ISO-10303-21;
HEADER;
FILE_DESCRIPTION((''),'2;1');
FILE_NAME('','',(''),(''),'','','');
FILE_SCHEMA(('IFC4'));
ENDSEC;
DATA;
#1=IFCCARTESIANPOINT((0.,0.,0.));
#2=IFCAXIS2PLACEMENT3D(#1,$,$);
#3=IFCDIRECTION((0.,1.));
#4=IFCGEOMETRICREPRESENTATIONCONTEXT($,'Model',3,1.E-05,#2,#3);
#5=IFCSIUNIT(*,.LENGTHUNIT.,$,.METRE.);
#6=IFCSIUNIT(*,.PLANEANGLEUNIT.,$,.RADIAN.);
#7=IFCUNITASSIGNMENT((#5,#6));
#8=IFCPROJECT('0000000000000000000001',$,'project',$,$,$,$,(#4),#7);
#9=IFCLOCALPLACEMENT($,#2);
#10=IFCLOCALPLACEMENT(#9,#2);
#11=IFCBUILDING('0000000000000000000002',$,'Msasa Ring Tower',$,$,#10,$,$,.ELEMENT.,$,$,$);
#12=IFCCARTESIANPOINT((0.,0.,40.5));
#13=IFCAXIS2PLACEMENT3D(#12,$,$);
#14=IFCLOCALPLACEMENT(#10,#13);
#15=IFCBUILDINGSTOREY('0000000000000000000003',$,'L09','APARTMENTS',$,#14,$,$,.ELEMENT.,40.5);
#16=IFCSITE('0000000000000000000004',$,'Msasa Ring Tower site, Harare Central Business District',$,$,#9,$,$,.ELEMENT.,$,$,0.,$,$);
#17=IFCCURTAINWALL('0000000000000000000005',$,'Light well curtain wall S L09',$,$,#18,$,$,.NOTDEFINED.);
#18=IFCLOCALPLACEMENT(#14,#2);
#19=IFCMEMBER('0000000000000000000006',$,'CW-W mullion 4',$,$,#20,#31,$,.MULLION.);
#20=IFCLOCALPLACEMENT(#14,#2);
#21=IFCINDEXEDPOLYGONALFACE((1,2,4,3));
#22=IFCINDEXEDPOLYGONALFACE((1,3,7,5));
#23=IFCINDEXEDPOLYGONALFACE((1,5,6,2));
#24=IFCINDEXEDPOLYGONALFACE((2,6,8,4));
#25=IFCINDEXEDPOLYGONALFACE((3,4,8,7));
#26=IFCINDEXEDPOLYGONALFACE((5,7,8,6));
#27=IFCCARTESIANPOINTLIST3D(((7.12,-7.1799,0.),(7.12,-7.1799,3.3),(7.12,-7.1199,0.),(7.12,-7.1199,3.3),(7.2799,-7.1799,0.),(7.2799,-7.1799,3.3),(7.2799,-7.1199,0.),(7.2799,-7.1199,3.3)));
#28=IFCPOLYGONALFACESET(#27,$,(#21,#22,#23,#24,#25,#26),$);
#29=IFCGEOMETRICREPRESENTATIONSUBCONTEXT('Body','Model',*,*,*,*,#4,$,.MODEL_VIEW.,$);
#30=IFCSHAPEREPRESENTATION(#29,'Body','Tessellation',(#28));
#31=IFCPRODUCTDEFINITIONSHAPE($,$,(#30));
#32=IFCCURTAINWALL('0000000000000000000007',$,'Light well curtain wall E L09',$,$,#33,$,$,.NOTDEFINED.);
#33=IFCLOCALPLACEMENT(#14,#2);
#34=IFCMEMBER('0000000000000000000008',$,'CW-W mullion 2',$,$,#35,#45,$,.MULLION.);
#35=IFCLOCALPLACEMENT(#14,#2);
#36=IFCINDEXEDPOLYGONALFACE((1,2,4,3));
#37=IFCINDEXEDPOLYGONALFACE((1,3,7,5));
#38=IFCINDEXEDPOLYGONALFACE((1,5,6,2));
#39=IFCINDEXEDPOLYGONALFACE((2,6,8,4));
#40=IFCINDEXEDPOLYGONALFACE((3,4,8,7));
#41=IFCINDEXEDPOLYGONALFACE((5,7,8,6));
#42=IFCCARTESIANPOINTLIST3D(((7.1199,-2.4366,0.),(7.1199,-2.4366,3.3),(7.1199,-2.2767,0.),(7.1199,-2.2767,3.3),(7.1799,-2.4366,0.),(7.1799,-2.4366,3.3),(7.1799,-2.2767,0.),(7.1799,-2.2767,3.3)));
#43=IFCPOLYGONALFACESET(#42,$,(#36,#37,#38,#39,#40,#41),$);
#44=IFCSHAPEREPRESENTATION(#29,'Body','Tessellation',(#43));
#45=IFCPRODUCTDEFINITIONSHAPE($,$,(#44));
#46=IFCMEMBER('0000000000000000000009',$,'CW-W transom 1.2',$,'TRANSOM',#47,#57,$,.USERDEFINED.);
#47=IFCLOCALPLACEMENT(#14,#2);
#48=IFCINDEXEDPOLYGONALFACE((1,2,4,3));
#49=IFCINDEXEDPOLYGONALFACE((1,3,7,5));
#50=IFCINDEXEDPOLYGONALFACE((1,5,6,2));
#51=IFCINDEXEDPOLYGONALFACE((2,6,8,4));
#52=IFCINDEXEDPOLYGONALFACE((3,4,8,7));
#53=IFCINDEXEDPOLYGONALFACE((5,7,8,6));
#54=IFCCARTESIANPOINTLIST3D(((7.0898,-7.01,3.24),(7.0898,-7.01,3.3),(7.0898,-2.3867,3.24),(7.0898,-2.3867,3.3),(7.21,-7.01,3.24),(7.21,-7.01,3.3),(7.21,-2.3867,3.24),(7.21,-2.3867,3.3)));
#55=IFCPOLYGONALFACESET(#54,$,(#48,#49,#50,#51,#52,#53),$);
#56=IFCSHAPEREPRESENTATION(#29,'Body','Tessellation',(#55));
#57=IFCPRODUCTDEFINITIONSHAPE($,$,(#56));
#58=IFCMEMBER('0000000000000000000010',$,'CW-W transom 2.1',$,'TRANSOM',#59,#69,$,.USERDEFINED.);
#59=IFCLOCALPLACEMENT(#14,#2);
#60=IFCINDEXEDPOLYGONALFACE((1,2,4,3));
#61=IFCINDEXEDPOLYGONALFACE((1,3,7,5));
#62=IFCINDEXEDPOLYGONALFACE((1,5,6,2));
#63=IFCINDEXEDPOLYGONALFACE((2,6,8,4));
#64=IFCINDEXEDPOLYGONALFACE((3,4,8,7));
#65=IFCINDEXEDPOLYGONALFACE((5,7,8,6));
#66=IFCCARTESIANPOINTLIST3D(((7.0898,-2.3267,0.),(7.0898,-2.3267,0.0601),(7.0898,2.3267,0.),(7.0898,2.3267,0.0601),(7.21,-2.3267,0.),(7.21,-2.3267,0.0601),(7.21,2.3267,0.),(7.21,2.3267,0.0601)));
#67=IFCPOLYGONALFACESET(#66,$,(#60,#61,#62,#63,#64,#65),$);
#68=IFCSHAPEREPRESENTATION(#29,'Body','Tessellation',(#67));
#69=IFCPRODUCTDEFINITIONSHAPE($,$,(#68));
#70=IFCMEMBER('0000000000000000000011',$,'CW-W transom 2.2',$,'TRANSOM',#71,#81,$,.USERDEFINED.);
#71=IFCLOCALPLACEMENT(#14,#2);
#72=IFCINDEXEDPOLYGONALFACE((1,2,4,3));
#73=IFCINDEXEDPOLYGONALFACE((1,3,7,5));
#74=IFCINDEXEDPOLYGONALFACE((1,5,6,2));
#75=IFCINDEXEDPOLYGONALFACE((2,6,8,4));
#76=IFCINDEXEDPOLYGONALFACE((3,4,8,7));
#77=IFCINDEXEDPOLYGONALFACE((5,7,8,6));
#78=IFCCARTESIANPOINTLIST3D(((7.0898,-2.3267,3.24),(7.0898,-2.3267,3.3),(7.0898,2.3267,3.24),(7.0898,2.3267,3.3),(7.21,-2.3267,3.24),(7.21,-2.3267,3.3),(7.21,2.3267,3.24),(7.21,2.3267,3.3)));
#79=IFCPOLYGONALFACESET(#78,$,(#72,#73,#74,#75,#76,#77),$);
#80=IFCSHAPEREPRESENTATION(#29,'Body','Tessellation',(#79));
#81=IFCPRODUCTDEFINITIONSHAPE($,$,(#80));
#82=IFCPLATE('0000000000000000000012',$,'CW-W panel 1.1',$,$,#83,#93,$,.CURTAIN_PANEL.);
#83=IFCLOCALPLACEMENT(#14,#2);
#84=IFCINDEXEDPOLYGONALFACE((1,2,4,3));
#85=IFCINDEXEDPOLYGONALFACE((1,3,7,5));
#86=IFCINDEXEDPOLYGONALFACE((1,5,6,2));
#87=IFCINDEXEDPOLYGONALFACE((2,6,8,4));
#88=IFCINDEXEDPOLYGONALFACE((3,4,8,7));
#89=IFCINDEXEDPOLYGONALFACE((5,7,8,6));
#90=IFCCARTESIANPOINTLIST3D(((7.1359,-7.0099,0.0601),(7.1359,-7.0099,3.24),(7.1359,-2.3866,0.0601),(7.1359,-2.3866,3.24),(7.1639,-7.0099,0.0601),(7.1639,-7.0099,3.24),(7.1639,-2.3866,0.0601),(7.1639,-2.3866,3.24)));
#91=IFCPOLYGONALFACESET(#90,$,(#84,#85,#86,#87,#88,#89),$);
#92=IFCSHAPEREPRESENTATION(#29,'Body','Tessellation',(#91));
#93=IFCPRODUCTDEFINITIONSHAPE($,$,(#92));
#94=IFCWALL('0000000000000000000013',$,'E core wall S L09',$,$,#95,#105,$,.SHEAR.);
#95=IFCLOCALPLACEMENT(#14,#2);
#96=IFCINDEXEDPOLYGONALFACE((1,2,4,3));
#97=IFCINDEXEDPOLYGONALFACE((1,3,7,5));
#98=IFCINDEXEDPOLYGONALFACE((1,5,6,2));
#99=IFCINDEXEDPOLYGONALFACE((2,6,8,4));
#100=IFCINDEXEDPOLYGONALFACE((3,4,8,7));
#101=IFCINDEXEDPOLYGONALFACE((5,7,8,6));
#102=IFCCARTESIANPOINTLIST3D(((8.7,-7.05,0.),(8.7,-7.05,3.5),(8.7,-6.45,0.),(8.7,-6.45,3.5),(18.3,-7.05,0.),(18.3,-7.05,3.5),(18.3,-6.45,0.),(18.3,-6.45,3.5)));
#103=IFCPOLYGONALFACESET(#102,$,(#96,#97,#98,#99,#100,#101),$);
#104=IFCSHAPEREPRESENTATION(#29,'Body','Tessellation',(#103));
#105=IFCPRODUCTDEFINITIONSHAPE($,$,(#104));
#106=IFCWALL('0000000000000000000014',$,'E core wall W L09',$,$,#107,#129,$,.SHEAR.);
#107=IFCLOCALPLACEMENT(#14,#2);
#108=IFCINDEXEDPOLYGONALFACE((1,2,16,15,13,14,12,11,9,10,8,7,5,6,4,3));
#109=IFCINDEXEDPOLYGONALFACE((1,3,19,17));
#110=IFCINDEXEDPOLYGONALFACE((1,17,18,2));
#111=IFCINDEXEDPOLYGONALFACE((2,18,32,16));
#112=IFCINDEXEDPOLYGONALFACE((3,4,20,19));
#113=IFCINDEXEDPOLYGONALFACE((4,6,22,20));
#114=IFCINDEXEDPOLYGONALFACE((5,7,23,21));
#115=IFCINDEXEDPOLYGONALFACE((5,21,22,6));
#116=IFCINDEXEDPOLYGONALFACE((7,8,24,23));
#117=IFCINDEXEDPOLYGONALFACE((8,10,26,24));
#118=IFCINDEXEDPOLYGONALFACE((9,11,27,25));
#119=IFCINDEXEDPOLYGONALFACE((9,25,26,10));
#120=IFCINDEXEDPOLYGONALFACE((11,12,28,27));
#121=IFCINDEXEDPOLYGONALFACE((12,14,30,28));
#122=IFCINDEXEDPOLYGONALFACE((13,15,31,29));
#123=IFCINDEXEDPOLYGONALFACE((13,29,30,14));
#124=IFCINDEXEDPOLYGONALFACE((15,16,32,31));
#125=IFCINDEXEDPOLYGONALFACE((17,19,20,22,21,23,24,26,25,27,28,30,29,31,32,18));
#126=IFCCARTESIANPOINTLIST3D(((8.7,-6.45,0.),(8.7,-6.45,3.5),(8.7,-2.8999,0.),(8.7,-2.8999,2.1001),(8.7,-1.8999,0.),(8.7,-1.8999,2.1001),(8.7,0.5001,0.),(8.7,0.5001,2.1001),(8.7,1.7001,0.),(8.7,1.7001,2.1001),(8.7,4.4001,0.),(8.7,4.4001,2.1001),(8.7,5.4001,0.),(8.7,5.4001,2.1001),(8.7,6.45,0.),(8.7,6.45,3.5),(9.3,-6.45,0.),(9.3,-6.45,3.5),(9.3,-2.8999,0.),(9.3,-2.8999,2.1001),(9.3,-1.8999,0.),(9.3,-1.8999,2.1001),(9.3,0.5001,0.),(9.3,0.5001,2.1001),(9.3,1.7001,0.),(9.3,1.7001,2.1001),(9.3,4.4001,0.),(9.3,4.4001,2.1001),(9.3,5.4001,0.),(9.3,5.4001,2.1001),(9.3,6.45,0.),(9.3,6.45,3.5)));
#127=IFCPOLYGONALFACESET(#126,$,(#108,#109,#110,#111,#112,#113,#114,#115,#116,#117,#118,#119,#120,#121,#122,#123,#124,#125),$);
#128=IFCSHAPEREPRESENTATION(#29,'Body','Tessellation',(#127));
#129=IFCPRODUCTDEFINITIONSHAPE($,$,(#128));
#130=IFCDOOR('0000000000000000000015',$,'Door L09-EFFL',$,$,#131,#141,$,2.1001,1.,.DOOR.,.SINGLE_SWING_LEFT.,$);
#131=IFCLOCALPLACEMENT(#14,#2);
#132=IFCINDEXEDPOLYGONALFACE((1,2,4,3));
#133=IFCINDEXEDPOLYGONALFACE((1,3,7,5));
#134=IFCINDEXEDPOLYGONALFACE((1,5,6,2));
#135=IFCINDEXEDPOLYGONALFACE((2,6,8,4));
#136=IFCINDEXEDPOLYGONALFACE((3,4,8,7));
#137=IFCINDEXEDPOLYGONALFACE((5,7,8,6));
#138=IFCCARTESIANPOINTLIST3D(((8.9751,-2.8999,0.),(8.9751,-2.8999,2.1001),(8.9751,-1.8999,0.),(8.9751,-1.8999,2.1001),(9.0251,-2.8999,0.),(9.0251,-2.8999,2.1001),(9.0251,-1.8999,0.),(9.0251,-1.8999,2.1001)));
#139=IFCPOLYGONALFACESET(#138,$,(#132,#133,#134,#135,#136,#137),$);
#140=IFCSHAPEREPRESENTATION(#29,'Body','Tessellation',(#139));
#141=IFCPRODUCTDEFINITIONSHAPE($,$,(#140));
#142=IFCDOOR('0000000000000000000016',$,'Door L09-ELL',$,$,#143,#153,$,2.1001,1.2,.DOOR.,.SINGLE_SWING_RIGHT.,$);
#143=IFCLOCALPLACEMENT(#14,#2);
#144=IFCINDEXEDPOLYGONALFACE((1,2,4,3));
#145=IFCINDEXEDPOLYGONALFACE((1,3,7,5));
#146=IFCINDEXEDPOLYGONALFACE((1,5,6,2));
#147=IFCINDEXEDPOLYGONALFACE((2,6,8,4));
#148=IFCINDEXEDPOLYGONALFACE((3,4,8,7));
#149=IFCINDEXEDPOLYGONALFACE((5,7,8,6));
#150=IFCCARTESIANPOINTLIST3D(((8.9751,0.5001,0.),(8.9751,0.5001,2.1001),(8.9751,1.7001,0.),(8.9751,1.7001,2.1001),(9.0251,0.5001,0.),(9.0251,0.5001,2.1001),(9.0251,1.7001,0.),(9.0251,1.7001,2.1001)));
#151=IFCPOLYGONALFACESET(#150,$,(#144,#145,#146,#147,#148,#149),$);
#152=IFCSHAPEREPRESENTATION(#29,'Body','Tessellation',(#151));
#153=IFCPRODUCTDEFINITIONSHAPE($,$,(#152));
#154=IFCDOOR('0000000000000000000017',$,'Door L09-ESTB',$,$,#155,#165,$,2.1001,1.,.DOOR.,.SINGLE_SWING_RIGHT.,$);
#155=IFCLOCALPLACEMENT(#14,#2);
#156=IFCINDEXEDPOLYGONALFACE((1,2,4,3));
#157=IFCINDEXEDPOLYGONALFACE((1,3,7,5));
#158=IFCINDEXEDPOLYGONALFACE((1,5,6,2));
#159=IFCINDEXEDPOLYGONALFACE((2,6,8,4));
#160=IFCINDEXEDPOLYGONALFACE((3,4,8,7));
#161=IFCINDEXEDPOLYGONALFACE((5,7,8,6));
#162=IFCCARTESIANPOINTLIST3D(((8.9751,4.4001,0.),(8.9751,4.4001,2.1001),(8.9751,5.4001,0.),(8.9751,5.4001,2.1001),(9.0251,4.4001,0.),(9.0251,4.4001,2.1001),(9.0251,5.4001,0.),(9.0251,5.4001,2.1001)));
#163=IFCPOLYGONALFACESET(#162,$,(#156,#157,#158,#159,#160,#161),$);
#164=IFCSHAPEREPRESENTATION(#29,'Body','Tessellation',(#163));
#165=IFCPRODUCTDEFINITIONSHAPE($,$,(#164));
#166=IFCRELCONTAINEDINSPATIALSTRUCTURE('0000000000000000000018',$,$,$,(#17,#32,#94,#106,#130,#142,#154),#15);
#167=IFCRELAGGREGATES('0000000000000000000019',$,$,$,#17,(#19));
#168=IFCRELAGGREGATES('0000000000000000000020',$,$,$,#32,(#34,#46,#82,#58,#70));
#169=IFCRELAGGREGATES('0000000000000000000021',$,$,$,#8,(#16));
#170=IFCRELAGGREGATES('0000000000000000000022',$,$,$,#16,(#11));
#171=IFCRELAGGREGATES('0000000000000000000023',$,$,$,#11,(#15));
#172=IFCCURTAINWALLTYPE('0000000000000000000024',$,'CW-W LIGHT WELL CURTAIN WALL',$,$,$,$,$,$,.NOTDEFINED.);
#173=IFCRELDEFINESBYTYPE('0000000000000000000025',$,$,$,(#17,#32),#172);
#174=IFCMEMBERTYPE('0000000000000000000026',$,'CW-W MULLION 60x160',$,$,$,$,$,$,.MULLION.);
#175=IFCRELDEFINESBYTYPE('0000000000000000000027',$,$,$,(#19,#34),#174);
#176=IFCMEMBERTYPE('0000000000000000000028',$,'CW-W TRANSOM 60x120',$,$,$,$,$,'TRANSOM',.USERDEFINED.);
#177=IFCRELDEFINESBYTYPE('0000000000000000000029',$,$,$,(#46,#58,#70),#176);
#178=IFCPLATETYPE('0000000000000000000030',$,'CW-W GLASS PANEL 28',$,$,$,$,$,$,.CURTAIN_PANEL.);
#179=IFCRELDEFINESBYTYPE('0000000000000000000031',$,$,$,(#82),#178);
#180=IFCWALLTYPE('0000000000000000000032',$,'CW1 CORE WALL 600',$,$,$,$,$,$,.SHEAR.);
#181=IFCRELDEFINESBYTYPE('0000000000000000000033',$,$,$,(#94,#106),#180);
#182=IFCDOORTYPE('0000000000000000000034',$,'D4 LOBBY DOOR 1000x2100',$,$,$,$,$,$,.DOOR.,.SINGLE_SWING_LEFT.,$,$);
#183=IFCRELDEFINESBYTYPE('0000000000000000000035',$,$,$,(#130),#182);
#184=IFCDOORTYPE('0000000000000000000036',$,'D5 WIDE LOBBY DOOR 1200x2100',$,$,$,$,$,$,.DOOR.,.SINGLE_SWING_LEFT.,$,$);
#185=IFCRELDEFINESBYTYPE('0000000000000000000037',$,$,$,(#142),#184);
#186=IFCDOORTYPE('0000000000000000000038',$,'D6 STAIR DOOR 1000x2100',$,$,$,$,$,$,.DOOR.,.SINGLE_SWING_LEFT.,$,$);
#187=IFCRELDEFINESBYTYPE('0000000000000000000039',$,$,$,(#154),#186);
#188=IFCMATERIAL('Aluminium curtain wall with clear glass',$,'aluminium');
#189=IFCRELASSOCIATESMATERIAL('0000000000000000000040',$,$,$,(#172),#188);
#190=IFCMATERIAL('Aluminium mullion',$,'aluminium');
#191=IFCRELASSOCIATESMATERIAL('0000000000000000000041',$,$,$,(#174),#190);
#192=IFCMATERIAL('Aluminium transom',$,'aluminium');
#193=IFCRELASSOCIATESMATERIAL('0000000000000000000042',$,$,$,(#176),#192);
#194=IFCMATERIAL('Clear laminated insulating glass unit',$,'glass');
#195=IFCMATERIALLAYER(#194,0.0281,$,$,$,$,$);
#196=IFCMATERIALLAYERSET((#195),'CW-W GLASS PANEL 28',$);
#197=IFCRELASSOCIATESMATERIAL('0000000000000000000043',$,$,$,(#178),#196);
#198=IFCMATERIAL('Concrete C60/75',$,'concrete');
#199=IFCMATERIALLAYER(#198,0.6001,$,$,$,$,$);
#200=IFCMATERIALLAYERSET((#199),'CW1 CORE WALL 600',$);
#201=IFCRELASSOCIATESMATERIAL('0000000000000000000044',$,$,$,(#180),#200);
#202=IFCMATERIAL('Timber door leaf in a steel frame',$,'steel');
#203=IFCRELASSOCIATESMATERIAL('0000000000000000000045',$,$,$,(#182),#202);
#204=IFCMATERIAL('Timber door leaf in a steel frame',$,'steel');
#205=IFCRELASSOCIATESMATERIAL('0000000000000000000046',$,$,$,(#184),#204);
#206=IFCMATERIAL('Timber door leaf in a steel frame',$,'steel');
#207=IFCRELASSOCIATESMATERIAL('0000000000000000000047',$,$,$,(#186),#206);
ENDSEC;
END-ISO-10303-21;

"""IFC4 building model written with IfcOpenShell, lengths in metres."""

from ifc_helpers import new_model, si_unit, direction, frame, frame_2d, origin, origin_2d, place, context, subcontext, project, spatial, rectangle, extrude, material, layer, layer_set, material_profile, profile_set, type_object, element, fill, aggregate, save


model = new_model("IFC4")

# Units and contexts
model_context = context("Model", 3, precision=1e-05, world=origin(), true_north=direction((0.0, 1.0)))
body_context = subcontext(model_context, "Body", "Model", "MODEL_VIEW")
ifc_project = project(units=[si_unit("LENGTHUNIT", "METRE"), si_unit("PLANEANGLEUNIT", "RADIAN")], contexts=[model_context])

# Site, building, storey
site_placement = place(None, origin())
site = spatial("IfcSite", under=ifc_project, at=site_placement, Name="Msasa Ring Tower site, Harare Central Business District", CompositionType="ELEMENT", RefElevation=0.0)
building_placement = place(site_placement, origin())
building = spatial("IfcBuilding", under=site, at=building_placement, Name="Msasa Ring Tower", CompositionType="ELEMENT")
storey_placement = place(building_placement, frame((0.0, 0.0, 40.5)))
storey = spatial("IfcBuildingStorey", under=building, at=storey_placement, Name="L09", Description="APARTMENTS", CompositionType="ELEMENT", Elevation=40.5)

# Curtain wall, member
ifc_material_1 = material(Name="Aluminium curtain wall with clear glass", Category="aluminium")
curtain_wall_type = type_object("IfcCurtainWallType", Name="CW-W LIGHT WELL CURTAIN WALL", PredefinedType="NOTDEFINED", material=ifc_material_1)
curtain_wall_1_placement = place(storey_placement, origin())
curtain_wall_1 = element("IfcCurtainWall", 1, at=curtain_wall_1_placement, inside=storey, type_object=curtain_wall_type, Name="Light well curtain wall S L09", PredefinedType="NOTDEFINED")
ifc_material_2 = material(Name="Aluminium mullion", Category="aluminium")
ifc_material_profile_1 = material_profile(ifc_material_2, rectangle(XDim=0.0601, YDim=0.1599, at=origin_2d()), Name="AL 60x160")
ifc_profile_set_1 = profile_set([ifc_material_profile_1], Name="Aluminium mullion")
member_type_1 = type_object("IfcMemberType", Name="CW-W MULLION 60x160", PredefinedType="MULLION", material=ifc_profile_set_1)
member_1_placement = place(storey_placement, frame((7.2, -7.1499, 0.0), z_axis=(0.0, 0.0, 1.0), x_axis=(0.0, 1.0, 0.0)))
member_1 = element("IfcMember", 2, at=member_1_placement, type_object=member_type_1, Name="CW-W mullion 4", PredefinedType="MULLION", context=body_context, shape_type="SweptSolid", body=[
    extrude(rectangle(XDim=0.0601, YDim=0.1599, at=origin_2d()), origin(), (0.0, 0.0, 1.0), 3.3),
])
aggregate(curtain_wall_1, [member_1])

# Curtain wall, members, plate
curtain_wall_2_placement = place(storey_placement, origin())
curtain_wall_2 = element("IfcCurtainWall", 3, at=curtain_wall_2_placement, inside=storey, type_object=curtain_wall_type, Name="Light well curtain wall E L09", PredefinedType="NOTDEFINED")
member_2_placement = place(storey_placement, frame((7.1499, -2.3567, 0.0), z_axis=(0.0, 0.0, 1.0), x_axis=(-1.0, 0.0, 0.0)))
member_2 = element("IfcMember", 4, at=member_2_placement, type_object=member_type_1, Name="CW-W mullion 2", PredefinedType="MULLION", context=body_context, shape_type="SweptSolid", body=[
    extrude(rectangle(XDim=0.0601, YDim=0.1599, at=origin_2d()), origin(), (0.0, 0.0, 1.0), 3.3),
])
ifc_material_3 = material(Name="Aluminium transom", Category="aluminium")
ifc_material_profile_2 = material_profile(ifc_material_3, rectangle(XDim=0.1201, YDim=0.0601, at=origin_2d()), Name="AL 60x120")
ifc_profile_set_2 = profile_set([ifc_material_profile_2], Name="Aluminium transom")
member_type_2 = type_object("IfcMemberType", Name="CW-W TRANSOM 60x120", ElementType="TRANSOM", PredefinedType="USERDEFINED", material=ifc_profile_set_2)
member_3_placement = place(storey_placement, frame((7.1499, -7.01, 3.27), z_axis=(0.0, 1.0, 0.0), x_axis=(-1.0, 0.0, 0.0)))
member_3 = element("IfcMember", 5, at=member_3_placement, type_object=member_type_2, Name="CW-W transom 1.2", ObjectType="TRANSOM", PredefinedType="USERDEFINED", context=body_context, shape_type="SweptSolid", body=[
    extrude(rectangle(XDim=0.1201, YDim=0.0601, at=origin_2d()), origin(), (0.0, 0.0, 1.0), 4.6233),
])
member_4_placement = place(storey_placement, frame((7.1499, -2.3267, 0.03), z_axis=(0.0, 1.0, 0.0), x_axis=(-1.0, 0.0, 0.0)))
member_4 = element("IfcMember", 6, at=member_4_placement, type_object=member_type_2, Name="CW-W transom 2.1", ObjectType="TRANSOM", PredefinedType="USERDEFINED", context=body_context, shape_type="SweptSolid", body=[
    extrude(rectangle(XDim=0.1201, YDim=0.0601, at=origin_2d()), origin(), (0.0, 0.0, 1.0), 4.6533),
])
member_5_placement = place(storey_placement, frame((7.1499, -2.3267, 3.27), z_axis=(0.0, 1.0, 0.0), x_axis=(-1.0, 0.0, 0.0)))
member_5 = element("IfcMember", 7, at=member_5_placement, type_object=member_type_2, Name="CW-W transom 2.2", ObjectType="TRANSOM", PredefinedType="USERDEFINED", context=body_context, shape_type="SweptSolid", body=[
    extrude(rectangle(XDim=0.1201, YDim=0.0601, at=origin_2d()), origin(), (0.0, 0.0, 1.0), 4.6533),
])
ifc_material_4 = material(Name="Clear laminated insulating glass unit", Category="glass")
ifc_layer_1 = layer(ifc_material_4, 0.0281)
ifc_layer_set_1 = layer_set([ifc_layer_1], Name="CW-W GLASS PANEL 28")
plate_type = type_object("IfcPlateType", Name="CW-W GLASS PANEL 28", PredefinedType="CURTAIN_PANEL", material=ifc_layer_set_1)
plate_placement = place(storey_placement, frame((7.1499, -4.6982, 0.0601), z_axis=(0.0, 0.0, 1.0), x_axis=(0.0, 1.0, 0.0)))
plate = element("IfcPlate", 8, at=plate_placement, type_object=plate_type, Name="CW-W panel 1.1", PredefinedType="CURTAIN_PANEL", context=body_context, shape_type="SweptSolid", body=[
    extrude(rectangle(XDim=4.6233, YDim=0.0281, at=origin_2d()), origin(), (0.0, 0.0, 1.0), 3.1799),
])
aggregate(curtain_wall_2, [member_2, member_3, plate, member_4, member_5])

# Wall
ifc_material_5 = material(Name="Concrete C60/75", Category="concrete")
ifc_layer_2 = layer(ifc_material_5, 0.6001)
ifc_layer_set_2 = layer_set([ifc_layer_2], Name="CW1 CORE WALL 600")
wall_type_1 = type_object("IfcWallType", Name="CW1 CORE WALL 600", PredefinedType="SHEAR", material=ifc_layer_set_2)
wall_1_placement = place(storey_placement, frame((8.7, -6.75, 0.0), z_axis=(0.0, 0.0, 1.0), x_axis=(1.0, 0.0, 0.0)))
element("IfcWall", 9, at=wall_1_placement, inside=storey, type_object=wall_type_1, Name="E core wall S L09", PredefinedType="SHEAR", context=body_context, shape_type="SweptSolid", body=[
    extrude(rectangle(XDim=9.6001, YDim=0.6001, at=frame_2d((4.8, 0.0))), origin(), (0.0, 0.0, 1.0), 3.5),
])

# Wall, openings, doors
wall_2_placement = place(storey_placement, frame((9.0, -6.45, 0.0), z_axis=(0.0, 0.0, 1.0), x_axis=(0.0, 1.0, 0.0)))
wall_2 = element("IfcWall", 10, at=wall_2_placement, inside=storey, type_object=wall_type_1, Name="E core wall W L09", PredefinedType="SHEAR", context=body_context, shape_type="SweptSolid", body=[
    extrude(rectangle(XDim=12.8999, YDim=0.6001, at=frame_2d((6.45, 0.0))), origin(), (0.0, 0.0, 1.0), 3.5),
])
opening_1_placement = place(wall_2_placement, frame((3.55, 0.0, 0.0)))
opening_1 = element("IfcOpeningElement", 11, at=opening_1_placement, cuts=wall_2, PredefinedType="OPENING", context=body_context, shape_type="SweptSolid", body=[
    extrude(rectangle(XDim=1.0, YDim=2.1001, at=frame_2d((0.5, 1.05))), frame((0.0, 0.3101, 0.0), z_axis=(0.0, -1.0, 0.0), x_axis=(1.0, 0.0, 0.0)), (0.0, 0.0, 1.0), 0.6201),
])
opening_2_placement = place(wall_2_placement, frame((6.95, 0.0, 0.0)))
opening_2 = element("IfcOpeningElement", 12, at=opening_2_placement, cuts=wall_2, PredefinedType="OPENING", context=body_context, shape_type="SweptSolid", body=[
    extrude(rectangle(XDim=1.2, YDim=2.1001, at=frame_2d((0.6001, 1.05))), frame((0.0, 0.3101, 0.0), z_axis=(0.0, -1.0, 0.0), x_axis=(1.0, 0.0, 0.0)), (0.0, 0.0, 1.0), 0.6201),
])
opening_3_placement = place(wall_2_placement, frame((10.8501, 0.0, 0.0)))
opening_3 = element("IfcOpeningElement", 13, at=opening_3_placement, cuts=wall_2, PredefinedType="OPENING", context=body_context, shape_type="SweptSolid", body=[
    extrude(rectangle(XDim=1.0, YDim=2.1001, at=frame_2d((0.5, 1.05))), frame((0.0, 0.3101, 0.0), z_axis=(0.0, -1.0, 0.0), x_axis=(1.0, 0.0, 0.0)), (0.0, 0.0, 1.0), 0.6201),
])
ifc_material_6 = material(Name="Timber door leaf in a steel frame", Category="steel")
door_type_1 = type_object("IfcDoorType", Name="D4 LOBBY DOOR 1000x2100", OperationType="SINGLE_SWING_LEFT", PredefinedType="DOOR", material=ifc_material_6)
door_1_placement = place(opening_1_placement, origin())
door_1 = element("IfcDoor", 14, at=door_1_placement, inside=storey, type_object=door_type_1, Name="Door L09-EFFL", OperationType="SINGLE_SWING_LEFT", OverallHeight=2.1001, OverallWidth=1.0, PredefinedType="DOOR", context=body_context, shape_type="SweptSolid", body=[
    extrude(rectangle(XDim=1.0, YDim=2.1001, at=frame_2d((0.5, 1.05))), frame((0.0, 0.0249, 0.0), z_axis=(0.0, -1.0, 0.0), x_axis=(1.0, 0.0, 0.0)), (0.0, 0.0, 1.0), 0.05),
])
fill(opening_1, door_1)
ifc_material_7 = material(Name="Timber door leaf in a steel frame", Category="steel")
door_type_2 = type_object("IfcDoorType", Name="D5 WIDE LOBBY DOOR 1200x2100", OperationType="SINGLE_SWING_LEFT", PredefinedType="DOOR", material=ifc_material_7)
door_2_placement = place(opening_2_placement, origin())
door_2 = element("IfcDoor", 15, at=door_2_placement, inside=storey, type_object=door_type_2, Name="Door L09-ELL", OperationType="SINGLE_SWING_RIGHT", OverallHeight=2.1001, OverallWidth=1.2, PredefinedType="DOOR", context=body_context, shape_type="SweptSolid", body=[
    extrude(rectangle(XDim=1.2, YDim=2.1001, at=frame_2d((0.6001, 1.05))), frame((0.0, 0.0249, 0.0), z_axis=(0.0, -1.0, 0.0), x_axis=(1.0, 0.0, 0.0)), (0.0, 0.0, 1.0), 0.05),
])
fill(opening_2, door_2)
ifc_material_8 = material(Name="Timber door leaf in a steel frame", Category="steel")
door_type_3 = type_object("IfcDoorType", Name="D6 STAIR DOOR 1000x2100", OperationType="SINGLE_SWING_LEFT", PredefinedType="DOOR", material=ifc_material_8)
door_3_placement = place(opening_3_placement, origin())
door_3 = element("IfcDoor", 16, at=door_3_placement, inside=storey, type_object=door_type_3, Name="Door L09-ESTB", OperationType="SINGLE_SWING_RIGHT", OverallHeight=2.1001, OverallWidth=1.0, PredefinedType="DOOR", context=body_context, shape_type="SweptSolid", body=[
    extrude(rectangle(XDim=1.0, YDim=2.1001, at=frame_2d((0.5, 1.05))), frame((0.0, 0.0249, 0.0), z_axis=(0.0, -1.0, 0.0), x_axis=(1.0, 0.0, 0.0)), (0.0, 0.0, 1.0), 0.05),
])
fill(opening_3, door_3)

save(model, "model.ifc")
